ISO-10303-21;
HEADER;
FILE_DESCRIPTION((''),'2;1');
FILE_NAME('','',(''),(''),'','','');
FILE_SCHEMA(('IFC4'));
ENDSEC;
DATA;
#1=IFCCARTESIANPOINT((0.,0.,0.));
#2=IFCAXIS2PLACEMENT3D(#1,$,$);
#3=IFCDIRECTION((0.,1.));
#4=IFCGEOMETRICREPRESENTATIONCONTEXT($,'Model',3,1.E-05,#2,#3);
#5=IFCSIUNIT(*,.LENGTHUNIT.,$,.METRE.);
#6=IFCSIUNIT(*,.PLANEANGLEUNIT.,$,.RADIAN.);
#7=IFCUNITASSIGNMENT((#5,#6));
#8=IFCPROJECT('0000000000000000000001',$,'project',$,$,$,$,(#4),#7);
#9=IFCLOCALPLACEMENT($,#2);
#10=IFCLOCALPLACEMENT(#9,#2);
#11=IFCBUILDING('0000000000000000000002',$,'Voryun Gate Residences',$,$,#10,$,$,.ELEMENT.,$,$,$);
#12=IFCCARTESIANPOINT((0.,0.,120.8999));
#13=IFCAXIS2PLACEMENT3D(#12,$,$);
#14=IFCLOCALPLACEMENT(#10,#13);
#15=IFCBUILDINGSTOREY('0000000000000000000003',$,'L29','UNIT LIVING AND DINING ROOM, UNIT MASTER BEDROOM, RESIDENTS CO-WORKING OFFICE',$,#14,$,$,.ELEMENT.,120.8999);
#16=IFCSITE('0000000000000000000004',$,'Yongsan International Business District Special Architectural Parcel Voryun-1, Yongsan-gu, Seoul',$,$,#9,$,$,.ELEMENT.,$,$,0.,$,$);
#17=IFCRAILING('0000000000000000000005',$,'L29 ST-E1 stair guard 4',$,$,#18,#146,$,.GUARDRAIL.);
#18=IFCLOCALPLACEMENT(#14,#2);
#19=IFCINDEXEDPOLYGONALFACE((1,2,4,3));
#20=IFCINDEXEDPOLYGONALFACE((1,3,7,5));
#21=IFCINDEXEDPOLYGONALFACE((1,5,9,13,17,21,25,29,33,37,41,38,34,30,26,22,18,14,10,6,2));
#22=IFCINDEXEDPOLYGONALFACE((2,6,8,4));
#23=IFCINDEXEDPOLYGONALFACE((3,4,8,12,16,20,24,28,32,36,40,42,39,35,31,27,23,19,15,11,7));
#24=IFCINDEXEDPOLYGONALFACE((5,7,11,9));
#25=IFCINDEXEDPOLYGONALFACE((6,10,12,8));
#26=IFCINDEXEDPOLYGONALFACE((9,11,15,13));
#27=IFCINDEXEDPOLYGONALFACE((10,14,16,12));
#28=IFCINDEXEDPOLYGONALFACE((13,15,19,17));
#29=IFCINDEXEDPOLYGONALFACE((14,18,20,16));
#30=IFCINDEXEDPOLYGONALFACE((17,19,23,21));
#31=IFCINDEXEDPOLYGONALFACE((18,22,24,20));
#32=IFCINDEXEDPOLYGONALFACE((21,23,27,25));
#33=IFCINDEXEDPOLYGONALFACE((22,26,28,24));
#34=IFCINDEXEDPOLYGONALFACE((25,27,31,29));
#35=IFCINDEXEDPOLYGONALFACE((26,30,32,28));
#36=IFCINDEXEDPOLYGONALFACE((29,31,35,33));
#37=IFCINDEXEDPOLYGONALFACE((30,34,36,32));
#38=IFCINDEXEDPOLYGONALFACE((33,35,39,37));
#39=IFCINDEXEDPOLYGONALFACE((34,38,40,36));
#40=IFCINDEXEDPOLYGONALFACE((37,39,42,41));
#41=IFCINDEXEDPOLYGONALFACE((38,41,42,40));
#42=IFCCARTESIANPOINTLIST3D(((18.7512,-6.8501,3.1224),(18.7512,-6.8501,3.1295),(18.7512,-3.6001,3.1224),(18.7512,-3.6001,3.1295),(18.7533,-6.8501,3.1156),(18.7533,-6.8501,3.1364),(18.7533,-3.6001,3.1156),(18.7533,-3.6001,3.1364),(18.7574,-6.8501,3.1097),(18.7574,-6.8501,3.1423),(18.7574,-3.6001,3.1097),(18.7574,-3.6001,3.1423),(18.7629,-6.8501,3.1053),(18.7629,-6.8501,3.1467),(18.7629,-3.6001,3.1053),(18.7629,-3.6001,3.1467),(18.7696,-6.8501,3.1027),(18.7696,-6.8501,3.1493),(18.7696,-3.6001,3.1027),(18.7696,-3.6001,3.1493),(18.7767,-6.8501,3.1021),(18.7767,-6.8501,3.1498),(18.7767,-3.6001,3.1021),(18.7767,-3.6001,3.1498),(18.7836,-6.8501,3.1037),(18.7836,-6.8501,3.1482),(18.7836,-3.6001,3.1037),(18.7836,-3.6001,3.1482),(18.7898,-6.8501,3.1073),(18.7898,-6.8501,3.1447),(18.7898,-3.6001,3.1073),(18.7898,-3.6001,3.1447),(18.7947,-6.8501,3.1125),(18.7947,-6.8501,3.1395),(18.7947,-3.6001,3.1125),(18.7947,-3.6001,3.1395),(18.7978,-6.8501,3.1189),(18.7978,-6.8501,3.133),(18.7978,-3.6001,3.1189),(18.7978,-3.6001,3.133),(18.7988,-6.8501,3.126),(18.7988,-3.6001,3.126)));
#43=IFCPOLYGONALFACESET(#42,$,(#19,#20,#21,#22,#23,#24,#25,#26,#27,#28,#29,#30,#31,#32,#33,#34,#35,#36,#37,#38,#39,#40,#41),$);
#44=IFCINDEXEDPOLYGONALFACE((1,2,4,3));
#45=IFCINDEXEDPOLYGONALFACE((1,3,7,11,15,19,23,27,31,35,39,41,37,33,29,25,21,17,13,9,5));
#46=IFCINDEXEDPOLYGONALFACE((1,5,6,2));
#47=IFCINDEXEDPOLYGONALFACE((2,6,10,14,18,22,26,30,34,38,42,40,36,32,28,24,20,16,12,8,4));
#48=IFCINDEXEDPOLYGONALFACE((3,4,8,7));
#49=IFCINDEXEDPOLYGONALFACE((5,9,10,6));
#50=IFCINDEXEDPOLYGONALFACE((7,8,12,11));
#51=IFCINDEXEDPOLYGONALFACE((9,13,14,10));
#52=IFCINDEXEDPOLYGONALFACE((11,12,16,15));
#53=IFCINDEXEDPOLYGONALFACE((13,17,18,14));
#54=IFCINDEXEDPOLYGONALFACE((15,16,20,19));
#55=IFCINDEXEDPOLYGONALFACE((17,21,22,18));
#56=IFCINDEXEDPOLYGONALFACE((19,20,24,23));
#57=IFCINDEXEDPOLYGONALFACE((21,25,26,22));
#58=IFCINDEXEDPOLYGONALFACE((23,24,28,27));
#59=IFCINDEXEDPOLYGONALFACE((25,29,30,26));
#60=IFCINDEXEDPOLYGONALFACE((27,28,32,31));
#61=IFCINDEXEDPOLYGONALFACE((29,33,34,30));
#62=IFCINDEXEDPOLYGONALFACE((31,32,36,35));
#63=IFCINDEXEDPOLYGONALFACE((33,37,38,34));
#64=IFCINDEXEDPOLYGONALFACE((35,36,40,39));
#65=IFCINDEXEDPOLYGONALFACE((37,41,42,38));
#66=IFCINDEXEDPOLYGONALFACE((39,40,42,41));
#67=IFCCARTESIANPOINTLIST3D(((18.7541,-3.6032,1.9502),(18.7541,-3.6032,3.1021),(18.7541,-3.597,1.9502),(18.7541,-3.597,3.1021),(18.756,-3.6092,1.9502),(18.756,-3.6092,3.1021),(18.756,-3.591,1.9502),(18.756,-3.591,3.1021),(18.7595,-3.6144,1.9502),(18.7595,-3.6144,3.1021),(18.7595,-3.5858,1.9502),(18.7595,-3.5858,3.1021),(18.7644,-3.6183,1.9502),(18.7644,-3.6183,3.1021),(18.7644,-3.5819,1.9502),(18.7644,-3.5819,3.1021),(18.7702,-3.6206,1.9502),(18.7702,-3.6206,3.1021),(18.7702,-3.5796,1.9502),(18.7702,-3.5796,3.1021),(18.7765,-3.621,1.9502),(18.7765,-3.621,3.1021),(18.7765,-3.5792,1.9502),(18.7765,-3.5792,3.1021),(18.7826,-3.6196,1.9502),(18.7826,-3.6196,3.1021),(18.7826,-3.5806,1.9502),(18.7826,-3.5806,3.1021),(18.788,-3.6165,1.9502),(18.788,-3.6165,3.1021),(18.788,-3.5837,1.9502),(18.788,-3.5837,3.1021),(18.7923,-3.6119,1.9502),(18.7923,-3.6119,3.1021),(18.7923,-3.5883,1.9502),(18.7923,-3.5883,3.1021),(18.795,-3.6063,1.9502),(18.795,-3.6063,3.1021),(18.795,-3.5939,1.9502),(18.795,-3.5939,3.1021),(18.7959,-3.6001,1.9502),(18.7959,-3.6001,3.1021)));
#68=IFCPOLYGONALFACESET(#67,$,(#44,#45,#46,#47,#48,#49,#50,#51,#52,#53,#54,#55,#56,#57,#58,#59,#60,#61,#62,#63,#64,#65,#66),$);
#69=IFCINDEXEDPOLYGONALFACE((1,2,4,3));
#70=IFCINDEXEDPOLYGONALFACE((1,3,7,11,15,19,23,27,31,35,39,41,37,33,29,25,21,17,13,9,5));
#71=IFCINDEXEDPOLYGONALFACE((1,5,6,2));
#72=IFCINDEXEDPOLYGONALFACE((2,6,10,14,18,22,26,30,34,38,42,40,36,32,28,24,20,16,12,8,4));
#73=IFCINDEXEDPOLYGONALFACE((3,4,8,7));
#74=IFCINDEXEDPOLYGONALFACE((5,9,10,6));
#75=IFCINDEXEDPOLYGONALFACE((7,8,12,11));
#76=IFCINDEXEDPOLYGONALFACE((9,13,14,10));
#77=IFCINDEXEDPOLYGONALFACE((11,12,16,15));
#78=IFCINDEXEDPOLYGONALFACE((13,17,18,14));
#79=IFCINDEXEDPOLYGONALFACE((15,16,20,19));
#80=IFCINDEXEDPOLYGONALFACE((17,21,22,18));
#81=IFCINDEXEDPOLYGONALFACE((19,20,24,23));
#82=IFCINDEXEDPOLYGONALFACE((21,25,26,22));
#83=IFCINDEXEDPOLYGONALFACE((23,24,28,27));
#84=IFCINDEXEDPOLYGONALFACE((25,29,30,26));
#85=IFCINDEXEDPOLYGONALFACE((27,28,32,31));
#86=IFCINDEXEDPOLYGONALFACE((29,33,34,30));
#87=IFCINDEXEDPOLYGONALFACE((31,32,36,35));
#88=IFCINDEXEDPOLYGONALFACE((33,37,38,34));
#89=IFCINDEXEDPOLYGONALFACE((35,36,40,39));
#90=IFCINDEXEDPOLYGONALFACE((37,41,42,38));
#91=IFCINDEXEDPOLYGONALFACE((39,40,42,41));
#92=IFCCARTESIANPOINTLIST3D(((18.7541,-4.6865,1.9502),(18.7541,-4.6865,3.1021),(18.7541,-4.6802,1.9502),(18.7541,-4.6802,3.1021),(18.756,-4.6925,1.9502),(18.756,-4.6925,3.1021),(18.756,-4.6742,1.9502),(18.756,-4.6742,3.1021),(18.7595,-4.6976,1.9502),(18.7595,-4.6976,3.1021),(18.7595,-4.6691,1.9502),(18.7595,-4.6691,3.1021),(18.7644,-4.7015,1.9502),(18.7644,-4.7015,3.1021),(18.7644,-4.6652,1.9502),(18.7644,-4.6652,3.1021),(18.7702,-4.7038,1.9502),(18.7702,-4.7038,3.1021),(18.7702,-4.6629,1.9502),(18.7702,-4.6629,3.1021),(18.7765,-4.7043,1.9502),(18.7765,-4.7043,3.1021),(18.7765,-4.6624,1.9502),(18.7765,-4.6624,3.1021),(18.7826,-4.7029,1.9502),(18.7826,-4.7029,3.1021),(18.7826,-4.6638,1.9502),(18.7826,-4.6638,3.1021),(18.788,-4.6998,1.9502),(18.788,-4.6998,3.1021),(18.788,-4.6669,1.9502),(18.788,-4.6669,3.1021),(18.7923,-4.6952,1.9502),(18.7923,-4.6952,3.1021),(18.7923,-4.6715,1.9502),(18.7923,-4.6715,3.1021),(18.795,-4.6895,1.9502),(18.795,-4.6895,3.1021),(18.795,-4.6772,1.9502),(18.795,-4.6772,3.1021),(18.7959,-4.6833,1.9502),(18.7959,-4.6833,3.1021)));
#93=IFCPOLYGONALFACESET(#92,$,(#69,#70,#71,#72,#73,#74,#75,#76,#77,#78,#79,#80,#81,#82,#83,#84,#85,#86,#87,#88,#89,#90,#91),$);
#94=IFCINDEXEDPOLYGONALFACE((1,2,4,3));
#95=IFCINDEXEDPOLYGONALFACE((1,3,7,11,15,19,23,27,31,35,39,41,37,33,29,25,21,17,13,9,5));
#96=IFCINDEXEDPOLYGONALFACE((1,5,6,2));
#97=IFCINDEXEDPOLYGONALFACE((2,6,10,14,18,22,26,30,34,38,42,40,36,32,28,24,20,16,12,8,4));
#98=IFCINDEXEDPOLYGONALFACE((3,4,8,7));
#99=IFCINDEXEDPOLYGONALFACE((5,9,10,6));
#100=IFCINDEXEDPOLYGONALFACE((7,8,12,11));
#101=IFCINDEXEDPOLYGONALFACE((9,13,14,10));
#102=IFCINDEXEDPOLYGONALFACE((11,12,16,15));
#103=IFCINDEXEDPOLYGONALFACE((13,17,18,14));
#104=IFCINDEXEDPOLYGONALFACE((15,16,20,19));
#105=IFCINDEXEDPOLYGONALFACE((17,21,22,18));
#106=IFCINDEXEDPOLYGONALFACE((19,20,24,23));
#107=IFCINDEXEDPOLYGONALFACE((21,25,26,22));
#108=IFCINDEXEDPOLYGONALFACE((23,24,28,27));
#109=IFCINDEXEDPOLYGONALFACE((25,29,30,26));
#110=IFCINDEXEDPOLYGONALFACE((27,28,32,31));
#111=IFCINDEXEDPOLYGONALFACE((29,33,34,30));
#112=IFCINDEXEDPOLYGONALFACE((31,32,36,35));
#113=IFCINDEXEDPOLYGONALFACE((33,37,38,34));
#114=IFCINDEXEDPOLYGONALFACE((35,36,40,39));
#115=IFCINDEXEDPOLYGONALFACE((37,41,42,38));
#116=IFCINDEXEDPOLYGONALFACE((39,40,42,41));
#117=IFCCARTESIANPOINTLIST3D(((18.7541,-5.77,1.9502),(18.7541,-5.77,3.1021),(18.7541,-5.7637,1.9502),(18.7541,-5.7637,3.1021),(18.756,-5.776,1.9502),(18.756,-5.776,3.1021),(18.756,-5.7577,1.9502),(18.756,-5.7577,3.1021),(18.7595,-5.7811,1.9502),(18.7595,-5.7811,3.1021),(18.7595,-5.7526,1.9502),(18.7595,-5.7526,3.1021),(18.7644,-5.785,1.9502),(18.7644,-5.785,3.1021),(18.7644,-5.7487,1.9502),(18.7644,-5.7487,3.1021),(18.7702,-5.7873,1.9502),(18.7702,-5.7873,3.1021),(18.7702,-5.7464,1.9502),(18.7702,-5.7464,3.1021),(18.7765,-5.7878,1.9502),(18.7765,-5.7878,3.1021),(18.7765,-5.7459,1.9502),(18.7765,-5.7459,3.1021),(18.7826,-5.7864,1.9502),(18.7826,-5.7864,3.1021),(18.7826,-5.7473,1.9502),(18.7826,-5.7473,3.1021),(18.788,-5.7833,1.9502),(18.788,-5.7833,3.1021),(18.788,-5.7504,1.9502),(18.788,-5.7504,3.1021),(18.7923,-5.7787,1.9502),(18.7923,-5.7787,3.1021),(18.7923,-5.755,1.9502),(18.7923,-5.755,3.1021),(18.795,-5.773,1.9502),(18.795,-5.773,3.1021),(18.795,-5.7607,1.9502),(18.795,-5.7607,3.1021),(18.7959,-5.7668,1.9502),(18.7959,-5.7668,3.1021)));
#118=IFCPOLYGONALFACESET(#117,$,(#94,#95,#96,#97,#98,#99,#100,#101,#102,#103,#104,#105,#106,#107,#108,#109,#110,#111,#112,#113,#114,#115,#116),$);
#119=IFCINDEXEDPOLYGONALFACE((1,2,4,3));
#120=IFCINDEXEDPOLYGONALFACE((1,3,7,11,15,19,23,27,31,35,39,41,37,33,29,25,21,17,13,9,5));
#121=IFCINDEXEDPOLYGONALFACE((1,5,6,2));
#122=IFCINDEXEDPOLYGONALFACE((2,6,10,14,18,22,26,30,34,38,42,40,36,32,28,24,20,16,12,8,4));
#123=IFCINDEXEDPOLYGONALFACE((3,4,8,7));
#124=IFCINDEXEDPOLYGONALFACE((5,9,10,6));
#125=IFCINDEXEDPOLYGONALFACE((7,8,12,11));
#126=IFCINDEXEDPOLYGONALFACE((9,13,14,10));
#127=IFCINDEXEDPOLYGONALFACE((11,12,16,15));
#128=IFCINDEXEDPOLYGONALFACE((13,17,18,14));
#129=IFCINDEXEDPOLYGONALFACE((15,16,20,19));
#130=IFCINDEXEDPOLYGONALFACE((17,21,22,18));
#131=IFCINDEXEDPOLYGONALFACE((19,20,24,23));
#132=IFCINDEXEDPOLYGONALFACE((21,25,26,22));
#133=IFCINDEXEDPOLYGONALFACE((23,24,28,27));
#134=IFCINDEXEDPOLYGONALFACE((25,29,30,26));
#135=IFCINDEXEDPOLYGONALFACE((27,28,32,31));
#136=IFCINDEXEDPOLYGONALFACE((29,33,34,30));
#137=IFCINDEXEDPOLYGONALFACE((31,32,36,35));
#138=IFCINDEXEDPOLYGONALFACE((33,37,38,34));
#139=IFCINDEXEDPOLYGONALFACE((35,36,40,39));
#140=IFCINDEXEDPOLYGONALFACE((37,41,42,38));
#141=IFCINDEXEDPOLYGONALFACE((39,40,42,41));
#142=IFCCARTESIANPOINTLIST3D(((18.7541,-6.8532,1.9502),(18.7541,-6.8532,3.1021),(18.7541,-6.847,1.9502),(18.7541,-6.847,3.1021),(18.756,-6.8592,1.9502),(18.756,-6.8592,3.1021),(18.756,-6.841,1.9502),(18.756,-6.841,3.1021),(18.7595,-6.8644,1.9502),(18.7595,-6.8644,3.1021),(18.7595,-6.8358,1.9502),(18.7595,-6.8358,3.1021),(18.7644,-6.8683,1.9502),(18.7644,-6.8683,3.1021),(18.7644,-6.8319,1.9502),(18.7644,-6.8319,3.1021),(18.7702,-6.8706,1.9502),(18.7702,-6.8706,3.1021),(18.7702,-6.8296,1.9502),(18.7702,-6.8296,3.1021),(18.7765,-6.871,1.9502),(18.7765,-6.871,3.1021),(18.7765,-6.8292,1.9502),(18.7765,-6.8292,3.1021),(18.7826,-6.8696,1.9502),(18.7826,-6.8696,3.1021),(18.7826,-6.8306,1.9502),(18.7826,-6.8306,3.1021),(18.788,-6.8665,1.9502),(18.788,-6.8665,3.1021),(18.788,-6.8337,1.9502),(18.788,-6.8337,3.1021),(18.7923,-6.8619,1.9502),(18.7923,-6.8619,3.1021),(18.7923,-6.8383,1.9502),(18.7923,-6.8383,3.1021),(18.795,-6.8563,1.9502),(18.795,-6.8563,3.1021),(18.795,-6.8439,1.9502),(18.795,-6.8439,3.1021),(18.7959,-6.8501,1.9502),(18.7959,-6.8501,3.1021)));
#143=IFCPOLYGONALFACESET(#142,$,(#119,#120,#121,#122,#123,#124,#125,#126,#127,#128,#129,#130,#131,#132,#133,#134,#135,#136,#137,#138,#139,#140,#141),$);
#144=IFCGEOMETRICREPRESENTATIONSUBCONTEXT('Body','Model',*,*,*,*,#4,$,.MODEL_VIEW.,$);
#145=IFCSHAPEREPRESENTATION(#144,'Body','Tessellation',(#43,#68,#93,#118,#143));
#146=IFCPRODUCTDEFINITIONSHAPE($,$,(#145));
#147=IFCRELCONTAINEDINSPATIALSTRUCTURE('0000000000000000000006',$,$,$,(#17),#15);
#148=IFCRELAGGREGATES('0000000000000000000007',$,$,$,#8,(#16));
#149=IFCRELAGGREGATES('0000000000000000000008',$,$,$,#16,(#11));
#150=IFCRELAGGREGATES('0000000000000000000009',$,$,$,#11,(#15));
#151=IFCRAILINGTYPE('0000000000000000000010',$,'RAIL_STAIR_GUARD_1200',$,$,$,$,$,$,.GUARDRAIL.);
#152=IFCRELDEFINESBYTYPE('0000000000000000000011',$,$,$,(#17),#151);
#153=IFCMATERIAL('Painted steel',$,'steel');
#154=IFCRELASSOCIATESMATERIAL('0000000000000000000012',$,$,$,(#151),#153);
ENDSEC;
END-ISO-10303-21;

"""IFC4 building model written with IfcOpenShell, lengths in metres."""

from ifc_helpers import new_model, si_unit, direction, frame, origin, origin_2d, place, context, subcontext, project, spatial, circle, extrude, material, type_object, element, save


model = new_model("IFC4")

# Units and contexts
model_context = context("Model", 3, precision=1e-05, world=origin(), true_north=direction((0.0, 1.0)))
body_context = subcontext(model_context, "Body", "Model", "MODEL_VIEW")
ifc_project = project(units=[si_unit("LENGTHUNIT", "METRE"), si_unit("PLANEANGLEUNIT", "RADIAN")], contexts=[model_context])

# Site, building, storey
site_placement = place(None, origin())
site = spatial("IfcSite", under=ifc_project, at=site_placement, Name="Yongsan International Business District Special Architectural Parcel Voryun-1, Yongsan-gu, Seoul", CompositionType="ELEMENT", RefElevation=0.0)
building_placement = place(site_placement, origin())
building = spatial("IfcBuilding", under=site, at=building_placement, Name="Voryun Gate Residences", CompositionType="ELEMENT")
storey_placement = place(building_placement, frame((0.0, 0.0, 120.8999)))
storey = spatial("IfcBuildingStorey", under=building, at=storey_placement, Name="L29", Description="UNIT LIVING AND DINING ROOM, UNIT MASTER BEDROOM, RESIDENTS CO-WORKING OFFICE", CompositionType="ELEMENT", Elevation=120.8999)

# Railing
ifc_material_1 = material(Name="Painted steel", Category="steel")
railing_type_1 = type_object("IfcRailingType", Name="RAIL_STAIR_GUARD_1200", PredefinedType="GUARDRAIL", material=ifc_material_1)
railing_1_placement = place(storey_placement, frame((18.7749, -3.6001, 1.9502)))
element("IfcRailing", 1, at=railing_1_placement, inside=storey, type_object=railing_type_1, Name="L29 ST-E1 stair guard 4", PredefinedType="GUARDRAIL", context=body_context, shape_type="SweptSolid", body=[
    extrude(circle(Radius=0.0239, at=origin_2d()), frame((0.0, 0.0, 1.1758), z_axis=(0.0, -1.0, 0.0), x_axis=(1.0, 0.0, 0.0)), (0.0, 0.0, 1.0), 3.25),
    extrude(circle(Radius=0.021, at=origin_2d()), origin(), (0.0, 0.0, 1.0), 1.1519),
    extrude(circle(Radius=0.021, at=origin_2d()), frame((0.0, -1.0833, 0.0)), (0.0, 0.0, 1.0), 1.1519),
    extrude(circle(Radius=0.021, at=origin_2d()), frame((0.0, -2.1667, 0.0)), (0.0, 0.0, 1.0), 1.1519),
    extrude(circle(Radius=0.021, at=origin_2d()), frame((0.0, -3.25, 0.0)), (0.0, 0.0, 1.0), 1.1519),
])

save(model, "model.ifc")
